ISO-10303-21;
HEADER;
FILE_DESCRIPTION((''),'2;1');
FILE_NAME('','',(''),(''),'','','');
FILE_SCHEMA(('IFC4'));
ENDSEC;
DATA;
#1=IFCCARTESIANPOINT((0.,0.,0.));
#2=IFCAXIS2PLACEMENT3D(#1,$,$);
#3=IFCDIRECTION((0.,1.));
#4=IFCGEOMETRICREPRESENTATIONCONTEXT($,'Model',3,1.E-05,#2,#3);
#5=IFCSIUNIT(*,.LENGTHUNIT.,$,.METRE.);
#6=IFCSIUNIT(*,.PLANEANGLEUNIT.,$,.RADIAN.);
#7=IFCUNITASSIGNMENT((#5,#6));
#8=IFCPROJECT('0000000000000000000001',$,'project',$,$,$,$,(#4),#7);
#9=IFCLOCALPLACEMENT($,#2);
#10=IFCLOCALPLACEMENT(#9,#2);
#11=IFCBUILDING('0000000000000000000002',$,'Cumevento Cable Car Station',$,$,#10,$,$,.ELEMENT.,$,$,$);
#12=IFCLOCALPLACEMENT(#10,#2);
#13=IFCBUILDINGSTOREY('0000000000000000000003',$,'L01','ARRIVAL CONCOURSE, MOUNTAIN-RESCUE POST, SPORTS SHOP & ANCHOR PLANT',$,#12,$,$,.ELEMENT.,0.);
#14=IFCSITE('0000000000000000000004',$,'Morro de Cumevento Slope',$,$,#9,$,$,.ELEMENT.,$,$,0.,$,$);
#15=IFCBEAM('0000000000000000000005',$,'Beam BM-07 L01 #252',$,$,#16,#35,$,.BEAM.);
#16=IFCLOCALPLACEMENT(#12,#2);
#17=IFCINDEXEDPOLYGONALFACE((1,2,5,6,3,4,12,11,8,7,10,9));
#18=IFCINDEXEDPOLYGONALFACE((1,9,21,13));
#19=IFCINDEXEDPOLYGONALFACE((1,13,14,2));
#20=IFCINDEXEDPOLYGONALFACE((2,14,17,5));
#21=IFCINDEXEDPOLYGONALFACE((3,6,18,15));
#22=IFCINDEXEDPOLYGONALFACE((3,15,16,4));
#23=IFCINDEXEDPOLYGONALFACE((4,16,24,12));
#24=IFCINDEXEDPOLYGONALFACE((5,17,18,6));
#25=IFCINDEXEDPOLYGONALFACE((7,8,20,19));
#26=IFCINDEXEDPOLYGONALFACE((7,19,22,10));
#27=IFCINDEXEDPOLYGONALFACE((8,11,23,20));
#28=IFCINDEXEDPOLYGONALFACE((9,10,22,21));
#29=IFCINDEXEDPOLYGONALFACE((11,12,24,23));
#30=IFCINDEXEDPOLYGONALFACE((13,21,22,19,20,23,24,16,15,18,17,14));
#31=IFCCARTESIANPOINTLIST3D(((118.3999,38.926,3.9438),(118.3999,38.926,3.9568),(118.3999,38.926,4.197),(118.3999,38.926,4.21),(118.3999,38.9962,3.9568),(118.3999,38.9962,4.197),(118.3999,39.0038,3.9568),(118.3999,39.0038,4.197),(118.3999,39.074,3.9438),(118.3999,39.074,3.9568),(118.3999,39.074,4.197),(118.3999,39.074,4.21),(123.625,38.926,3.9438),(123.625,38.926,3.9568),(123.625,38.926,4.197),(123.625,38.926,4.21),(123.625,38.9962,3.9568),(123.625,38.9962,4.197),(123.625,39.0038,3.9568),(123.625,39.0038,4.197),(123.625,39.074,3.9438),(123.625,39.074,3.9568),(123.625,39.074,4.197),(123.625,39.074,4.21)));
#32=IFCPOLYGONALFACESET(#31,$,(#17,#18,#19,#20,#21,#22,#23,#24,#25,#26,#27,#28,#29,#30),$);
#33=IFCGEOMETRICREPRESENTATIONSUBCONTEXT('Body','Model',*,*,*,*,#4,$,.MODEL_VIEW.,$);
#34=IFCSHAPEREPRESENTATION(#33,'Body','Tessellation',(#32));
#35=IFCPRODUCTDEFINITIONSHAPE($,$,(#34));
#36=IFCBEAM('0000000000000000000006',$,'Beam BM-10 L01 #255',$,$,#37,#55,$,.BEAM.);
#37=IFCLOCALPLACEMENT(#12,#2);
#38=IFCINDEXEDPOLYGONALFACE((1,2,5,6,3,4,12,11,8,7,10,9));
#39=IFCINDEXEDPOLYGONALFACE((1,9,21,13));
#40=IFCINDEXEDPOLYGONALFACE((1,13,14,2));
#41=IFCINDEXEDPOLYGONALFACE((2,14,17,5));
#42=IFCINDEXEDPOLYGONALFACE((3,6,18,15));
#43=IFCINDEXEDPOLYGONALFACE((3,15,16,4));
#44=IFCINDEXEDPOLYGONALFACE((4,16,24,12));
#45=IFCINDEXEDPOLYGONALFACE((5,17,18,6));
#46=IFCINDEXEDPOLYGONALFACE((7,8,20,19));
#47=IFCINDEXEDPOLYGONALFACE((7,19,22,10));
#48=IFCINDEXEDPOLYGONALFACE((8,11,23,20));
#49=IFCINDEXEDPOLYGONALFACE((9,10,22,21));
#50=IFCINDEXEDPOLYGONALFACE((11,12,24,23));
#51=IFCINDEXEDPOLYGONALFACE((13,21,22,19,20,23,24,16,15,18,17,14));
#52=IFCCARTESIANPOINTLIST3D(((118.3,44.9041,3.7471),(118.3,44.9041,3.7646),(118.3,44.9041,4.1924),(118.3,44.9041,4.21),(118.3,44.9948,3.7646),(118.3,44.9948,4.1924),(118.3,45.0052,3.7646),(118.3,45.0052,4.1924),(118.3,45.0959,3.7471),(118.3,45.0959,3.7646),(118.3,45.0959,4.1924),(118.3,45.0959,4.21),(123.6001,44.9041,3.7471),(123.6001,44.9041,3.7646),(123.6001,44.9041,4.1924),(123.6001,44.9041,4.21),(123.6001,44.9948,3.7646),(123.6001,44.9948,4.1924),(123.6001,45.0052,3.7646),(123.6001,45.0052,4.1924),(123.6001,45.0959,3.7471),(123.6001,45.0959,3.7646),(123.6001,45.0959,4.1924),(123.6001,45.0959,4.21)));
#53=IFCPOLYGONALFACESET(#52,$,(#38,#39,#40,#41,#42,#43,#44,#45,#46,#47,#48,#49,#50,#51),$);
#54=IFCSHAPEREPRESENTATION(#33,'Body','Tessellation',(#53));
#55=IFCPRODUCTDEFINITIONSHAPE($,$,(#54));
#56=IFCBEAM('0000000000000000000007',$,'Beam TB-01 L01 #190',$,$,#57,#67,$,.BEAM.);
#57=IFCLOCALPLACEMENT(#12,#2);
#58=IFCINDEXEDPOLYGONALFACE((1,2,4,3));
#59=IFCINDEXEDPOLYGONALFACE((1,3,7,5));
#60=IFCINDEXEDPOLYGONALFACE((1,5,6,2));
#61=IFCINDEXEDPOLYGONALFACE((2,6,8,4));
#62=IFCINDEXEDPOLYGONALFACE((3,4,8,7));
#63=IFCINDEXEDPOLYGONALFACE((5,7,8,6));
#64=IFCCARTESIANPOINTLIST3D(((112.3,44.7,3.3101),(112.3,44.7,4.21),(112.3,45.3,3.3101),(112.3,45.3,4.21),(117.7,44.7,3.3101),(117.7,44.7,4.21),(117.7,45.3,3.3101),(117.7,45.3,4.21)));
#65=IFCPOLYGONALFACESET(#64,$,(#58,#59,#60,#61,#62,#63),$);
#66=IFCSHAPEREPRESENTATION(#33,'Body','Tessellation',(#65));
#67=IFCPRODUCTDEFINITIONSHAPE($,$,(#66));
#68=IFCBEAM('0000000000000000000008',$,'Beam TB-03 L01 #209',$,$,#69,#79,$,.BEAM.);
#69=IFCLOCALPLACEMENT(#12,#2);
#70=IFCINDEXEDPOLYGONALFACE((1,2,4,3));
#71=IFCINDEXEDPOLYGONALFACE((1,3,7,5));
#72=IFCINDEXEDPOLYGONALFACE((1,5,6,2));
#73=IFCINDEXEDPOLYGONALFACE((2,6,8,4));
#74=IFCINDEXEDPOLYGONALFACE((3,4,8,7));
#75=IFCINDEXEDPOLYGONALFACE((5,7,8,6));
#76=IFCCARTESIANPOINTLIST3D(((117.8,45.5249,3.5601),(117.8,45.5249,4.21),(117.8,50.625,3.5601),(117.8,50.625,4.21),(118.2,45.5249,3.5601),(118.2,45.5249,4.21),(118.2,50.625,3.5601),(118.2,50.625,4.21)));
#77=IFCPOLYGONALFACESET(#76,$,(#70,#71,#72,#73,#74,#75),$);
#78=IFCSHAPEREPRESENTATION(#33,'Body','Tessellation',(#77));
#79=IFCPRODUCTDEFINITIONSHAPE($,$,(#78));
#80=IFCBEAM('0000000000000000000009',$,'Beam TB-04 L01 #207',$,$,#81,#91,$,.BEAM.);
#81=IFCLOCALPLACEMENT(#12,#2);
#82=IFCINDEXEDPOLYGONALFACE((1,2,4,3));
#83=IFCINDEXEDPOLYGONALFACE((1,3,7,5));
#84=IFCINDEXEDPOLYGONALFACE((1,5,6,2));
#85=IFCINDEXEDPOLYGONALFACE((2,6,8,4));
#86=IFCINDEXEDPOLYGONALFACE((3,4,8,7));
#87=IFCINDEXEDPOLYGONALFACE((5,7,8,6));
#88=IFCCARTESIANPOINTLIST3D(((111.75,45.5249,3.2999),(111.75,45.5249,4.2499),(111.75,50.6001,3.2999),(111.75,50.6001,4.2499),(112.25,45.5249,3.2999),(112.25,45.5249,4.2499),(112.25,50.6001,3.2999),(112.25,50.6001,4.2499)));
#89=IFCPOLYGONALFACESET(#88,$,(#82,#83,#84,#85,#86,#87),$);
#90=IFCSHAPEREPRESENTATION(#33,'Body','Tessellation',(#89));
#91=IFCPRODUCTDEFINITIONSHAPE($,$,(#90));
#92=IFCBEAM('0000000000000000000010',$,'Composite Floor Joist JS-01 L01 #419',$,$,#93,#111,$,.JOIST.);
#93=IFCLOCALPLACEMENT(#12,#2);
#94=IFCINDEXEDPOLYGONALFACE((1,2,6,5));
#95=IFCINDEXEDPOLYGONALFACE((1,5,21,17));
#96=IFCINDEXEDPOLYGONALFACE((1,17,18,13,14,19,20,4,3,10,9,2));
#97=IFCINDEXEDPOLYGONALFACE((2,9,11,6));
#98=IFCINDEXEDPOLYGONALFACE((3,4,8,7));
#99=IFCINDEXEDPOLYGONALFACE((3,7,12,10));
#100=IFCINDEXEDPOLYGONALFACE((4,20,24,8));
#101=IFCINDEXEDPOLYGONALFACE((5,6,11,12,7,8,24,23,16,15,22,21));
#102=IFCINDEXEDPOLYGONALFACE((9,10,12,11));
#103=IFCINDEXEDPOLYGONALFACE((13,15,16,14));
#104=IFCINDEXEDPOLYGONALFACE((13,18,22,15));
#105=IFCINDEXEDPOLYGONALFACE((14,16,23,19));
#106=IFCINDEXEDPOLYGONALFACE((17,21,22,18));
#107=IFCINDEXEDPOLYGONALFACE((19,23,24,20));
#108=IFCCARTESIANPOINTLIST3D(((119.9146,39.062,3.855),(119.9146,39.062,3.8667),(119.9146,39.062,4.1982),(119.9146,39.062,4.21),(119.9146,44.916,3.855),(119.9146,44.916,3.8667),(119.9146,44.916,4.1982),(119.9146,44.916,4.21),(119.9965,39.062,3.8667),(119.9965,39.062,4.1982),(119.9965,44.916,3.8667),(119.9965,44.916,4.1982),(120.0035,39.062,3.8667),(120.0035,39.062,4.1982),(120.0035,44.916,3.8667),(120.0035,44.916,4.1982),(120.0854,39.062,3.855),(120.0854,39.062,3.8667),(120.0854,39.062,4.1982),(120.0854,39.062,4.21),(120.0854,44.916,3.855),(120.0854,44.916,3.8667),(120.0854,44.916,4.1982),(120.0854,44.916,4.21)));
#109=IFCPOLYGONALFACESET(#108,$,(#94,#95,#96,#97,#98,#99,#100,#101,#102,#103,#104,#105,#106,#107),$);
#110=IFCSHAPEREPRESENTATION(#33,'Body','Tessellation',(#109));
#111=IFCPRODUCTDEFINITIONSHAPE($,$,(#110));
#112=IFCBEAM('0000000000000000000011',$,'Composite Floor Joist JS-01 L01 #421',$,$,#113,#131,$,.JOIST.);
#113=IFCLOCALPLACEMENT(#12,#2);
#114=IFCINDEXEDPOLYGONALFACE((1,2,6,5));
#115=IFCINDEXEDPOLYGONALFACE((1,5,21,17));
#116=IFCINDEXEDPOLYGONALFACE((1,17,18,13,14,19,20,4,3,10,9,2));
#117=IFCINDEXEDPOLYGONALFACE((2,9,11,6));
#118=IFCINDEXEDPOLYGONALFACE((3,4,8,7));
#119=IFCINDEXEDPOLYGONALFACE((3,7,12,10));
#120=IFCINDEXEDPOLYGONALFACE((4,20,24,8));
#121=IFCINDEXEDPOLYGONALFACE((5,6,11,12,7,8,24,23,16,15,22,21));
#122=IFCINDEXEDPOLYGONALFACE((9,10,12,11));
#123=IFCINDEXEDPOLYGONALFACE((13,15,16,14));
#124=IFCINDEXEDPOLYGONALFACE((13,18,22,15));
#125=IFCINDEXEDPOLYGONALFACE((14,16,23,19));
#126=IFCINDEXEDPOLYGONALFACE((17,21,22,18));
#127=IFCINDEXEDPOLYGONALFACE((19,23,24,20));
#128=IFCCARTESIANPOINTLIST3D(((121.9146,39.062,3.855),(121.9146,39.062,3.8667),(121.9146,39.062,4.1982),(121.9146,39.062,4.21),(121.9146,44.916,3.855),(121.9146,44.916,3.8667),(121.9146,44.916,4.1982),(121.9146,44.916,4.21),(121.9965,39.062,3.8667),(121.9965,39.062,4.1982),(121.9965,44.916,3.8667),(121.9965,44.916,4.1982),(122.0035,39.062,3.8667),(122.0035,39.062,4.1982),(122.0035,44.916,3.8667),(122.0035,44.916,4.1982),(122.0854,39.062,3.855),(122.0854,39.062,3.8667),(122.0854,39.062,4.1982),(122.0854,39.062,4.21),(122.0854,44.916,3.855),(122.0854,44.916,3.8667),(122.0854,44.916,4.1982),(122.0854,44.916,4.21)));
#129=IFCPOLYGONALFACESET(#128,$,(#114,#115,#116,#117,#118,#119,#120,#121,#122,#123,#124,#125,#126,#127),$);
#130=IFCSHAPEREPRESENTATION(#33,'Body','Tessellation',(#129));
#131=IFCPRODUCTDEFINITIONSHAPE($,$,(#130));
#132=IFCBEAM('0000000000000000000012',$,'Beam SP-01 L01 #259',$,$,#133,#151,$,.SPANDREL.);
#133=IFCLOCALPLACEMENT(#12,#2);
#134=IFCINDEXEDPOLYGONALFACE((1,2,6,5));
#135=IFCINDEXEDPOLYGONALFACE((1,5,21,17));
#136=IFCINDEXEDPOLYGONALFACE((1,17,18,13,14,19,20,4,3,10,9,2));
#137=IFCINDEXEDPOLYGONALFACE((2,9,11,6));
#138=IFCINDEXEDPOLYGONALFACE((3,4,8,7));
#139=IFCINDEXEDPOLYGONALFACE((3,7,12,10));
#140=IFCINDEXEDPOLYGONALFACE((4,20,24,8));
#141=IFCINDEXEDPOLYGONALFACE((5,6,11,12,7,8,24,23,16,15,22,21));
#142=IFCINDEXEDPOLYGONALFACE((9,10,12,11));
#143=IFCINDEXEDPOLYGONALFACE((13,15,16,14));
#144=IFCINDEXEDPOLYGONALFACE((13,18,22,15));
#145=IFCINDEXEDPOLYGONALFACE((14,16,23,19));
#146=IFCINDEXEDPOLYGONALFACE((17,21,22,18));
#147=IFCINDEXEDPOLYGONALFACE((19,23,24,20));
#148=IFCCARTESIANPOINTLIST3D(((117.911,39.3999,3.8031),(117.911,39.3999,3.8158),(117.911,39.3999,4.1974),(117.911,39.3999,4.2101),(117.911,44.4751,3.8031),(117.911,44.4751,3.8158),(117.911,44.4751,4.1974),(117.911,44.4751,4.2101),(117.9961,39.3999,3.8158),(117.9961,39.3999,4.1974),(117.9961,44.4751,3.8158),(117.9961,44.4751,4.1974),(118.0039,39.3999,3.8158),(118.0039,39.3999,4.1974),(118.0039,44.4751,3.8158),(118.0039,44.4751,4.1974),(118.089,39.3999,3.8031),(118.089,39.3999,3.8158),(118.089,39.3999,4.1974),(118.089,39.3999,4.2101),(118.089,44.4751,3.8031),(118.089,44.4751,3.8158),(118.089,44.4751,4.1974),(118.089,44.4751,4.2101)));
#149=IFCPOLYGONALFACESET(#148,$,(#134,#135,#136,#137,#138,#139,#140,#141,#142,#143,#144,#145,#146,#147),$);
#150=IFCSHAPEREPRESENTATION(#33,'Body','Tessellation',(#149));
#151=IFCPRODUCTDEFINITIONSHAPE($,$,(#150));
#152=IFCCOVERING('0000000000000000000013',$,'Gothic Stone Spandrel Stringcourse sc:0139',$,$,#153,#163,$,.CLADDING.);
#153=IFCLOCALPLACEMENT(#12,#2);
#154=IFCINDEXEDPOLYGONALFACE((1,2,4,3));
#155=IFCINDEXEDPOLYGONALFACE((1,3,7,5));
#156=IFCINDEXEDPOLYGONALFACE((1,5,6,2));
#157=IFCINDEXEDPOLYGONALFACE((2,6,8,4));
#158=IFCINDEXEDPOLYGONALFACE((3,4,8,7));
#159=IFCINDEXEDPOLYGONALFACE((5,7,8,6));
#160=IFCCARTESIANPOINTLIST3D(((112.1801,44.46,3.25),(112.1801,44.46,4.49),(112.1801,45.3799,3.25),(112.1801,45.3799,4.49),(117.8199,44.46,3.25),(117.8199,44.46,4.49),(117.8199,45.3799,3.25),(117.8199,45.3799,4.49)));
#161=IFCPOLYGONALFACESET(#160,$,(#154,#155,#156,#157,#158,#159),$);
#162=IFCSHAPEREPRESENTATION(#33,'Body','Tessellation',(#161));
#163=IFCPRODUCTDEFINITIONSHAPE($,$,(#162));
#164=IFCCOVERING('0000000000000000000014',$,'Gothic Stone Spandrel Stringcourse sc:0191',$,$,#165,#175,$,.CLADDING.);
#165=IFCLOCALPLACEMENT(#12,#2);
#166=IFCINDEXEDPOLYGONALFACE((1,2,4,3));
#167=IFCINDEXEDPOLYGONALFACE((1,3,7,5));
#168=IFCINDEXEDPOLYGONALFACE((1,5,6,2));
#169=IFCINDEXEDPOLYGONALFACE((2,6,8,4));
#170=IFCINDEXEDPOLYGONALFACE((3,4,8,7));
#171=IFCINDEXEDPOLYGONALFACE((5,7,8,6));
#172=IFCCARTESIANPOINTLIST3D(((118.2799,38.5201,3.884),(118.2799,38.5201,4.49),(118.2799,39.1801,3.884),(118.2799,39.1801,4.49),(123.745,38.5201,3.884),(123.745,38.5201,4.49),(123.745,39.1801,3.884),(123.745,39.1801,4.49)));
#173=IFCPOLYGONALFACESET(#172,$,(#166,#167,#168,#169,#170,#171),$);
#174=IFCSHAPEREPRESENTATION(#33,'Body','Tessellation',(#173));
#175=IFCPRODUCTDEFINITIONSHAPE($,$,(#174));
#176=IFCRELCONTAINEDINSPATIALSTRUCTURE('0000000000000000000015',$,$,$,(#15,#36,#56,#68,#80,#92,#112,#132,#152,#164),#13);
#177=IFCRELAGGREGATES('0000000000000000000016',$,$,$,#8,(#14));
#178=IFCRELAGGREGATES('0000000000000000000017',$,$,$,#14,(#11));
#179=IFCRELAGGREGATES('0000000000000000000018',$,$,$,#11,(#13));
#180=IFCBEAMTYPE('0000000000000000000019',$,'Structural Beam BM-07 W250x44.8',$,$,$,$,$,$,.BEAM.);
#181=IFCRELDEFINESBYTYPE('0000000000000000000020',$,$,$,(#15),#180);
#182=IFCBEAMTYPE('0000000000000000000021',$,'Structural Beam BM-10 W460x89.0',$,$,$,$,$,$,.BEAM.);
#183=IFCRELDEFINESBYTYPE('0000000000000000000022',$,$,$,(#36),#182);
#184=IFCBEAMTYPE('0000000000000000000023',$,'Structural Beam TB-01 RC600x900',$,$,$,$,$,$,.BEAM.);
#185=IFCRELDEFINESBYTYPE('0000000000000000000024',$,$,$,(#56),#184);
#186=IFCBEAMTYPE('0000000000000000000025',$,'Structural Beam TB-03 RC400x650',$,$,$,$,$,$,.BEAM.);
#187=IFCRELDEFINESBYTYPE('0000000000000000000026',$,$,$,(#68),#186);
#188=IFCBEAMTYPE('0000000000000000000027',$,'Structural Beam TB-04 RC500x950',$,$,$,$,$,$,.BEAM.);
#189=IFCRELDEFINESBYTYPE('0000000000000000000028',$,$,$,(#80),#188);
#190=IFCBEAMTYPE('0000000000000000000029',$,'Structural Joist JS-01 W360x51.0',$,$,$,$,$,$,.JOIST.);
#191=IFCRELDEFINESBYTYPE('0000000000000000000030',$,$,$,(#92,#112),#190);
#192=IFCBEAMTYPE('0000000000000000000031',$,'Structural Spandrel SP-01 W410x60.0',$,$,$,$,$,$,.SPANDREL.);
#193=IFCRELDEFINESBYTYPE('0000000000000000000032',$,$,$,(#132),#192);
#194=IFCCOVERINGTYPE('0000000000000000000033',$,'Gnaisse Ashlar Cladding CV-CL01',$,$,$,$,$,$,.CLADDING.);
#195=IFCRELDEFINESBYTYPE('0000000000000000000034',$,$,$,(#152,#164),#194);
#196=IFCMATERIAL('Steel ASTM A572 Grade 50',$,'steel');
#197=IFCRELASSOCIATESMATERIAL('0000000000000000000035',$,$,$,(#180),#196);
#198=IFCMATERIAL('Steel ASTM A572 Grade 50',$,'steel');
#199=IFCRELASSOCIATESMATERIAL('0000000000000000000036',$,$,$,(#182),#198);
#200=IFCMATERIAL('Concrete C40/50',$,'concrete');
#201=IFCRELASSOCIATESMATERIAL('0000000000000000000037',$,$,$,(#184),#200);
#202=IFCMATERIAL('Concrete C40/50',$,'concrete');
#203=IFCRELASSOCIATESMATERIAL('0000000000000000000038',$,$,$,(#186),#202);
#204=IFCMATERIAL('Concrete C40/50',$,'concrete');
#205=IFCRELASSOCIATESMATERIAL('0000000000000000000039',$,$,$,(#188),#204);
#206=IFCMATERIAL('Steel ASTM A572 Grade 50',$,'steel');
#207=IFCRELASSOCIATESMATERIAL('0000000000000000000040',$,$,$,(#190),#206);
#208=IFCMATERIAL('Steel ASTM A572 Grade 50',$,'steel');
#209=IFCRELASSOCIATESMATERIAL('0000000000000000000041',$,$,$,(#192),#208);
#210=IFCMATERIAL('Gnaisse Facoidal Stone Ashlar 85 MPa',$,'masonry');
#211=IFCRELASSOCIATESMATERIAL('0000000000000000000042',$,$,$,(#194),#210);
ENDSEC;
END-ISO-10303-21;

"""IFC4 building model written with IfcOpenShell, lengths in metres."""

from ifc_helpers import new_model, si_unit, direction, frame, origin, origin_2d, place, context, subcontext, project, spatial, rectangle, i_section, extrude, material, material_profile, profile_set, type_object, element, save


model = new_model("IFC4")

# Units and contexts
model_context = context("Model", 3, precision=1e-05, world=origin(), true_north=direction((0.0, 1.0)))
body_context = subcontext(model_context, "Body", "Model", "MODEL_VIEW")
ifc_project = project(units=[si_unit("LENGTHUNIT", "METRE"), si_unit("PLANEANGLEUNIT", "RADIAN")], contexts=[model_context])

# Site, building, storey
site_placement = place(None, origin())
site = spatial("IfcSite", under=ifc_project, at=site_placement, Name="Morro de Cumevento Slope", CompositionType="ELEMENT", RefElevation=0.0)
building_placement = place(site_placement, origin())
building = spatial("IfcBuilding", under=site, at=building_placement, Name="Cumevento Cable Car Station", CompositionType="ELEMENT")
storey_placement = place(building_placement, origin())
storey = spatial("IfcBuildingStorey", under=building, at=storey_placement, Name="L01", Description="ARRIVAL CONCOURSE, MOUNTAIN-RESCUE POST, SPORTS SHOP & ANCHOR PLANT", CompositionType="ELEMENT", Elevation=0.0)

# Beams
ifc_material_1 = material(Name="Steel ASTM A572 Grade 50", Category="steel")
ifc_material_profile_1 = material_profile(ifc_material_1, i_section(OverallWidth=0.1479, OverallDepth=0.2661, WebThickness=0.0076, FlangeThickness=0.0129, at=origin_2d()), Name="W250x44.8")
ifc_profile_set_1 = profile_set([ifc_material_profile_1], Name="Steel ASTM A572 Grade 50")
beam_type_1 = type_object("IfcBeamType", Name="Structural Beam BM-07 W250x44.8", PredefinedType="BEAM", material=ifc_profile_set_1)
beam_1_placement = place(storey_placement, frame((118.3999, 39.0, 4.0769), z_axis=(1.0, 0.0, 0.0), x_axis=(0.0, 1.0, 0.0)))
element("IfcBeam", 1, at=beam_1_placement, inside=storey, type_object=beam_type_1, Name="Beam BM-07 L01 #252", PredefinedType="BEAM", context=body_context, shape_type="SweptSolid", body=[
    extrude(i_section(OverallWidth=0.1479, OverallDepth=0.2661, WebThickness=0.0076, FlangeThickness=0.0129, at=origin_2d()), origin(), (0.0, 0.0, 1.0), 5.2251),
])
ifc_material_2 = material(Name="Steel ASTM A572 Grade 50", Category="steel")
ifc_material_profile_2 = material_profile(ifc_material_2, i_section(OverallWidth=0.1919, OverallDepth=0.4629, WebThickness=0.0105, FlangeThickness=0.0176, at=origin_2d()), Name="W460x89.0")
ifc_profile_set_2 = profile_set([ifc_material_profile_2], Name="Steel ASTM A572 Grade 50")
beam_type_2 = type_object("IfcBeamType", Name="Structural Beam BM-10 W460x89.0", PredefinedType="BEAM", material=ifc_profile_set_2)
beam_2_placement = place(storey_placement, frame((118.3, 45.0, 3.9785), z_axis=(1.0, 0.0, 0.0), x_axis=(0.0, 1.0, 0.0)))
element("IfcBeam", 2, at=beam_2_placement, inside=storey, type_object=beam_type_2, Name="Beam BM-10 L01 #255", PredefinedType="BEAM", context=body_context, shape_type="SweptSolid", body=[
    extrude(i_section(OverallWidth=0.1919, OverallDepth=0.4629, WebThickness=0.0105, FlangeThickness=0.0176, at=origin_2d()), origin(), (0.0, 0.0, 1.0), 5.3),
])
ifc_material_3 = material(Name="Concrete C40/50", Category="concrete")
ifc_material_profile_3 = material_profile(ifc_material_3, rectangle(XDim=0.6001, YDim=0.8999, at=origin_2d()), Name="RC600x900")
ifc_profile_set_3 = profile_set([ifc_material_profile_3], Name="Concrete C40/50")
beam_type_3 = type_object("IfcBeamType", Name="Structural Beam TB-01 RC600x900", PredefinedType="BEAM", material=ifc_profile_set_3)
beam_3_placement = place(storey_placement, frame((112.3, 45.0, 3.76), z_axis=(1.0, 0.0, 0.0), x_axis=(0.0, 1.0, 0.0)))
element("IfcBeam", 3, at=beam_3_placement, inside=storey, type_object=beam_type_3, Name="Beam TB-01 L01 #190", PredefinedType="BEAM", context=body_context, shape_type="SweptSolid", body=[
    extrude(rectangle(XDim=0.6001, YDim=0.8999, at=origin_2d()), origin(), (0.0, 0.0, 1.0), 5.3999),
])
ifc_material_4 = material(Name="Concrete C40/50", Category="concrete")
ifc_material_profile_4 = material_profile(ifc_material_4, rectangle(XDim=0.3999, YDim=0.6499, at=origin_2d()), Name="RC400x650")
ifc_profile_set_4 = profile_set([ifc_material_profile_4], Name="Concrete C40/50")
beam_type_4 = type_object("IfcBeamType", Name="Structural Beam TB-03 RC400x650", PredefinedType="BEAM", material=ifc_profile_set_4)
beam_4_placement = place(storey_placement, frame((118.0, 45.5249, 3.885), z_axis=(0.0, 1.0, 0.0), x_axis=(-1.0, 0.0, 0.0)))
element("IfcBeam", 4, at=beam_4_placement, inside=storey, type_object=beam_type_4, Name="Beam TB-03 L01 #209", PredefinedType="BEAM", context=body_context, shape_type="SweptSolid", body=[
    extrude(rectangle(XDim=0.3999, YDim=0.6499, at=origin_2d()), origin(), (0.0, 0.0, 1.0), 5.1001),
])
ifc_material_5 = material(Name="Concrete C40/50", Category="concrete")
ifc_material_profile_5 = material_profile(ifc_material_5, rectangle(XDim=0.5, YDim=0.95, at=origin_2d()), Name="RC500x950")
ifc_profile_set_5 = profile_set([ifc_material_profile_5], Name="Concrete C40/50")
beam_type_5 = type_object("IfcBeamType", Name="Structural Beam TB-04 RC500x950", PredefinedType="BEAM", material=ifc_profile_set_5)
beam_5_placement = place(storey_placement, frame((112.0, 45.5249, 3.7749), z_axis=(0.0, 1.0, 0.0), x_axis=(-1.0, 0.0, 0.0)))
element("IfcBeam", 5, at=beam_5_placement, inside=storey, type_object=beam_type_5, Name="Beam TB-04 L01 #207", PredefinedType="BEAM", context=body_context, shape_type="SweptSolid", body=[
    extrude(rectangle(XDim=0.5, YDim=0.95, at=origin_2d()), origin(), (0.0, 0.0, 1.0), 5.0752),
])
ifc_material_6 = material(Name="Steel ASTM A572 Grade 50", Category="steel")
ifc_material_profile_6 = material_profile(ifc_material_6, i_section(OverallWidth=0.1709, OverallDepth=0.355, WebThickness=0.0071, FlangeThickness=0.0117, at=origin_2d()), Name="W360x51.0")
ifc_profile_set_6 = profile_set([ifc_material_profile_6], Name="Steel ASTM A572 Grade 50")
beam_type_6 = type_object("IfcBeamType", Name="Structural Joist JS-01 W360x51.0", PredefinedType="JOIST", material=ifc_profile_set_6)
for number, where, z_axis, x_axis, name in (
    (6, (120.0, 39.062, 4.0325), (0.0, 1.0, 0.0), (-1.0, 0.0, 0.0), "Composite Floor Joist JS-01 L01 #419"),
    (7, (122.0, 39.062, 4.0325), (0.0, 1.0, 0.0), (-1.0, 0.0, 0.0), "Composite Floor Joist JS-01 L01 #421"),
):
    element("IfcBeam", number, at=place(storey_placement, frame(where, z_axis=z_axis, x_axis=x_axis)), inside=storey, type_object=beam_type_6, Name=name, PredefinedType="JOIST", context=body_context, shape_type="SweptSolid", body=[
        extrude(i_section(OverallWidth=0.1709, OverallDepth=0.355, WebThickness=0.0071, FlangeThickness=0.0117, at=origin_2d()), origin(), (0.0, 0.0, 1.0), 5.854),
    ])
ifc_material_7 = material(Name="Steel ASTM A572 Grade 50", Category="steel")
ifc_material_profile_7 = material_profile(ifc_material_7, i_section(OverallWidth=0.178, OverallDepth=0.407, WebThickness=0.0078, FlangeThickness=0.0127, at=origin_2d()), Name="W410x60.0")
ifc_profile_set_7 = profile_set([ifc_material_profile_7], Name="Steel ASTM A572 Grade 50")
beam_type_7 = type_object("IfcBeamType", Name="Structural Spandrel SP-01 W410x60.0", PredefinedType="SPANDREL", material=ifc_profile_set_7)
beam_6_placement = place(storey_placement, frame((118.0, 39.3999, 4.0066), z_axis=(0.0, 1.0, 0.0), x_axis=(-1.0, 0.0, 0.0)))
element("IfcBeam", 8, at=beam_6_placement, inside=storey, type_object=beam_type_7, Name="Beam SP-01 L01 #259", PredefinedType="SPANDREL", context=body_context, shape_type="SweptSolid", body=[
    extrude(i_section(OverallWidth=0.178, OverallDepth=0.407, WebThickness=0.0078, FlangeThickness=0.0127, at=origin_2d()), origin(), (0.0, 0.0, 1.0), 5.0752),
])

# Coverings
ifc_material_8 = material(Name="Gnaisse Facoidal Stone Ashlar 85 MPa", Category="masonry")
covering_type = type_object("IfcCoveringType", Name="Gnaisse Ashlar Cladding CV-CL01", PredefinedType="CLADDING", material=ifc_material_8)
covering_1_placement = place(storey_placement, frame((115.0, 44.9199, 3.25), z_axis=(0.0, 0.0, 1.0), x_axis=(1.0, 0.0, 0.0)))
element("IfcCovering", 9, at=covering_1_placement, inside=storey, type_object=covering_type, Name="Gothic Stone Spandrel Stringcourse sc:0139", PredefinedType="CLADDING", context=body_context, shape_type="SweptSolid", body=[
    extrude(rectangle(XDim=5.6399, YDim=0.9199, at=origin_2d()), origin(), (0.0, 0.0, 1.0), 1.24),
])
covering_2_placement = place(storey_placement, frame((121.0125, 38.8501, 3.884), z_axis=(0.0, 0.0, 1.0), x_axis=(1.0, 0.0, 0.0)))
element("IfcCovering", 10, at=covering_2_placement, inside=storey, type_object=covering_type, Name="Gothic Stone Spandrel Stringcourse sc:0191", PredefinedType="CLADDING", context=body_context, shape_type="SweptSolid", body=[
    extrude(rectangle(XDim=5.4651, YDim=0.6599, at=origin_2d()), origin(), (0.0, 0.0, 1.0), 0.606),
])

save(model, "model.ifc")
